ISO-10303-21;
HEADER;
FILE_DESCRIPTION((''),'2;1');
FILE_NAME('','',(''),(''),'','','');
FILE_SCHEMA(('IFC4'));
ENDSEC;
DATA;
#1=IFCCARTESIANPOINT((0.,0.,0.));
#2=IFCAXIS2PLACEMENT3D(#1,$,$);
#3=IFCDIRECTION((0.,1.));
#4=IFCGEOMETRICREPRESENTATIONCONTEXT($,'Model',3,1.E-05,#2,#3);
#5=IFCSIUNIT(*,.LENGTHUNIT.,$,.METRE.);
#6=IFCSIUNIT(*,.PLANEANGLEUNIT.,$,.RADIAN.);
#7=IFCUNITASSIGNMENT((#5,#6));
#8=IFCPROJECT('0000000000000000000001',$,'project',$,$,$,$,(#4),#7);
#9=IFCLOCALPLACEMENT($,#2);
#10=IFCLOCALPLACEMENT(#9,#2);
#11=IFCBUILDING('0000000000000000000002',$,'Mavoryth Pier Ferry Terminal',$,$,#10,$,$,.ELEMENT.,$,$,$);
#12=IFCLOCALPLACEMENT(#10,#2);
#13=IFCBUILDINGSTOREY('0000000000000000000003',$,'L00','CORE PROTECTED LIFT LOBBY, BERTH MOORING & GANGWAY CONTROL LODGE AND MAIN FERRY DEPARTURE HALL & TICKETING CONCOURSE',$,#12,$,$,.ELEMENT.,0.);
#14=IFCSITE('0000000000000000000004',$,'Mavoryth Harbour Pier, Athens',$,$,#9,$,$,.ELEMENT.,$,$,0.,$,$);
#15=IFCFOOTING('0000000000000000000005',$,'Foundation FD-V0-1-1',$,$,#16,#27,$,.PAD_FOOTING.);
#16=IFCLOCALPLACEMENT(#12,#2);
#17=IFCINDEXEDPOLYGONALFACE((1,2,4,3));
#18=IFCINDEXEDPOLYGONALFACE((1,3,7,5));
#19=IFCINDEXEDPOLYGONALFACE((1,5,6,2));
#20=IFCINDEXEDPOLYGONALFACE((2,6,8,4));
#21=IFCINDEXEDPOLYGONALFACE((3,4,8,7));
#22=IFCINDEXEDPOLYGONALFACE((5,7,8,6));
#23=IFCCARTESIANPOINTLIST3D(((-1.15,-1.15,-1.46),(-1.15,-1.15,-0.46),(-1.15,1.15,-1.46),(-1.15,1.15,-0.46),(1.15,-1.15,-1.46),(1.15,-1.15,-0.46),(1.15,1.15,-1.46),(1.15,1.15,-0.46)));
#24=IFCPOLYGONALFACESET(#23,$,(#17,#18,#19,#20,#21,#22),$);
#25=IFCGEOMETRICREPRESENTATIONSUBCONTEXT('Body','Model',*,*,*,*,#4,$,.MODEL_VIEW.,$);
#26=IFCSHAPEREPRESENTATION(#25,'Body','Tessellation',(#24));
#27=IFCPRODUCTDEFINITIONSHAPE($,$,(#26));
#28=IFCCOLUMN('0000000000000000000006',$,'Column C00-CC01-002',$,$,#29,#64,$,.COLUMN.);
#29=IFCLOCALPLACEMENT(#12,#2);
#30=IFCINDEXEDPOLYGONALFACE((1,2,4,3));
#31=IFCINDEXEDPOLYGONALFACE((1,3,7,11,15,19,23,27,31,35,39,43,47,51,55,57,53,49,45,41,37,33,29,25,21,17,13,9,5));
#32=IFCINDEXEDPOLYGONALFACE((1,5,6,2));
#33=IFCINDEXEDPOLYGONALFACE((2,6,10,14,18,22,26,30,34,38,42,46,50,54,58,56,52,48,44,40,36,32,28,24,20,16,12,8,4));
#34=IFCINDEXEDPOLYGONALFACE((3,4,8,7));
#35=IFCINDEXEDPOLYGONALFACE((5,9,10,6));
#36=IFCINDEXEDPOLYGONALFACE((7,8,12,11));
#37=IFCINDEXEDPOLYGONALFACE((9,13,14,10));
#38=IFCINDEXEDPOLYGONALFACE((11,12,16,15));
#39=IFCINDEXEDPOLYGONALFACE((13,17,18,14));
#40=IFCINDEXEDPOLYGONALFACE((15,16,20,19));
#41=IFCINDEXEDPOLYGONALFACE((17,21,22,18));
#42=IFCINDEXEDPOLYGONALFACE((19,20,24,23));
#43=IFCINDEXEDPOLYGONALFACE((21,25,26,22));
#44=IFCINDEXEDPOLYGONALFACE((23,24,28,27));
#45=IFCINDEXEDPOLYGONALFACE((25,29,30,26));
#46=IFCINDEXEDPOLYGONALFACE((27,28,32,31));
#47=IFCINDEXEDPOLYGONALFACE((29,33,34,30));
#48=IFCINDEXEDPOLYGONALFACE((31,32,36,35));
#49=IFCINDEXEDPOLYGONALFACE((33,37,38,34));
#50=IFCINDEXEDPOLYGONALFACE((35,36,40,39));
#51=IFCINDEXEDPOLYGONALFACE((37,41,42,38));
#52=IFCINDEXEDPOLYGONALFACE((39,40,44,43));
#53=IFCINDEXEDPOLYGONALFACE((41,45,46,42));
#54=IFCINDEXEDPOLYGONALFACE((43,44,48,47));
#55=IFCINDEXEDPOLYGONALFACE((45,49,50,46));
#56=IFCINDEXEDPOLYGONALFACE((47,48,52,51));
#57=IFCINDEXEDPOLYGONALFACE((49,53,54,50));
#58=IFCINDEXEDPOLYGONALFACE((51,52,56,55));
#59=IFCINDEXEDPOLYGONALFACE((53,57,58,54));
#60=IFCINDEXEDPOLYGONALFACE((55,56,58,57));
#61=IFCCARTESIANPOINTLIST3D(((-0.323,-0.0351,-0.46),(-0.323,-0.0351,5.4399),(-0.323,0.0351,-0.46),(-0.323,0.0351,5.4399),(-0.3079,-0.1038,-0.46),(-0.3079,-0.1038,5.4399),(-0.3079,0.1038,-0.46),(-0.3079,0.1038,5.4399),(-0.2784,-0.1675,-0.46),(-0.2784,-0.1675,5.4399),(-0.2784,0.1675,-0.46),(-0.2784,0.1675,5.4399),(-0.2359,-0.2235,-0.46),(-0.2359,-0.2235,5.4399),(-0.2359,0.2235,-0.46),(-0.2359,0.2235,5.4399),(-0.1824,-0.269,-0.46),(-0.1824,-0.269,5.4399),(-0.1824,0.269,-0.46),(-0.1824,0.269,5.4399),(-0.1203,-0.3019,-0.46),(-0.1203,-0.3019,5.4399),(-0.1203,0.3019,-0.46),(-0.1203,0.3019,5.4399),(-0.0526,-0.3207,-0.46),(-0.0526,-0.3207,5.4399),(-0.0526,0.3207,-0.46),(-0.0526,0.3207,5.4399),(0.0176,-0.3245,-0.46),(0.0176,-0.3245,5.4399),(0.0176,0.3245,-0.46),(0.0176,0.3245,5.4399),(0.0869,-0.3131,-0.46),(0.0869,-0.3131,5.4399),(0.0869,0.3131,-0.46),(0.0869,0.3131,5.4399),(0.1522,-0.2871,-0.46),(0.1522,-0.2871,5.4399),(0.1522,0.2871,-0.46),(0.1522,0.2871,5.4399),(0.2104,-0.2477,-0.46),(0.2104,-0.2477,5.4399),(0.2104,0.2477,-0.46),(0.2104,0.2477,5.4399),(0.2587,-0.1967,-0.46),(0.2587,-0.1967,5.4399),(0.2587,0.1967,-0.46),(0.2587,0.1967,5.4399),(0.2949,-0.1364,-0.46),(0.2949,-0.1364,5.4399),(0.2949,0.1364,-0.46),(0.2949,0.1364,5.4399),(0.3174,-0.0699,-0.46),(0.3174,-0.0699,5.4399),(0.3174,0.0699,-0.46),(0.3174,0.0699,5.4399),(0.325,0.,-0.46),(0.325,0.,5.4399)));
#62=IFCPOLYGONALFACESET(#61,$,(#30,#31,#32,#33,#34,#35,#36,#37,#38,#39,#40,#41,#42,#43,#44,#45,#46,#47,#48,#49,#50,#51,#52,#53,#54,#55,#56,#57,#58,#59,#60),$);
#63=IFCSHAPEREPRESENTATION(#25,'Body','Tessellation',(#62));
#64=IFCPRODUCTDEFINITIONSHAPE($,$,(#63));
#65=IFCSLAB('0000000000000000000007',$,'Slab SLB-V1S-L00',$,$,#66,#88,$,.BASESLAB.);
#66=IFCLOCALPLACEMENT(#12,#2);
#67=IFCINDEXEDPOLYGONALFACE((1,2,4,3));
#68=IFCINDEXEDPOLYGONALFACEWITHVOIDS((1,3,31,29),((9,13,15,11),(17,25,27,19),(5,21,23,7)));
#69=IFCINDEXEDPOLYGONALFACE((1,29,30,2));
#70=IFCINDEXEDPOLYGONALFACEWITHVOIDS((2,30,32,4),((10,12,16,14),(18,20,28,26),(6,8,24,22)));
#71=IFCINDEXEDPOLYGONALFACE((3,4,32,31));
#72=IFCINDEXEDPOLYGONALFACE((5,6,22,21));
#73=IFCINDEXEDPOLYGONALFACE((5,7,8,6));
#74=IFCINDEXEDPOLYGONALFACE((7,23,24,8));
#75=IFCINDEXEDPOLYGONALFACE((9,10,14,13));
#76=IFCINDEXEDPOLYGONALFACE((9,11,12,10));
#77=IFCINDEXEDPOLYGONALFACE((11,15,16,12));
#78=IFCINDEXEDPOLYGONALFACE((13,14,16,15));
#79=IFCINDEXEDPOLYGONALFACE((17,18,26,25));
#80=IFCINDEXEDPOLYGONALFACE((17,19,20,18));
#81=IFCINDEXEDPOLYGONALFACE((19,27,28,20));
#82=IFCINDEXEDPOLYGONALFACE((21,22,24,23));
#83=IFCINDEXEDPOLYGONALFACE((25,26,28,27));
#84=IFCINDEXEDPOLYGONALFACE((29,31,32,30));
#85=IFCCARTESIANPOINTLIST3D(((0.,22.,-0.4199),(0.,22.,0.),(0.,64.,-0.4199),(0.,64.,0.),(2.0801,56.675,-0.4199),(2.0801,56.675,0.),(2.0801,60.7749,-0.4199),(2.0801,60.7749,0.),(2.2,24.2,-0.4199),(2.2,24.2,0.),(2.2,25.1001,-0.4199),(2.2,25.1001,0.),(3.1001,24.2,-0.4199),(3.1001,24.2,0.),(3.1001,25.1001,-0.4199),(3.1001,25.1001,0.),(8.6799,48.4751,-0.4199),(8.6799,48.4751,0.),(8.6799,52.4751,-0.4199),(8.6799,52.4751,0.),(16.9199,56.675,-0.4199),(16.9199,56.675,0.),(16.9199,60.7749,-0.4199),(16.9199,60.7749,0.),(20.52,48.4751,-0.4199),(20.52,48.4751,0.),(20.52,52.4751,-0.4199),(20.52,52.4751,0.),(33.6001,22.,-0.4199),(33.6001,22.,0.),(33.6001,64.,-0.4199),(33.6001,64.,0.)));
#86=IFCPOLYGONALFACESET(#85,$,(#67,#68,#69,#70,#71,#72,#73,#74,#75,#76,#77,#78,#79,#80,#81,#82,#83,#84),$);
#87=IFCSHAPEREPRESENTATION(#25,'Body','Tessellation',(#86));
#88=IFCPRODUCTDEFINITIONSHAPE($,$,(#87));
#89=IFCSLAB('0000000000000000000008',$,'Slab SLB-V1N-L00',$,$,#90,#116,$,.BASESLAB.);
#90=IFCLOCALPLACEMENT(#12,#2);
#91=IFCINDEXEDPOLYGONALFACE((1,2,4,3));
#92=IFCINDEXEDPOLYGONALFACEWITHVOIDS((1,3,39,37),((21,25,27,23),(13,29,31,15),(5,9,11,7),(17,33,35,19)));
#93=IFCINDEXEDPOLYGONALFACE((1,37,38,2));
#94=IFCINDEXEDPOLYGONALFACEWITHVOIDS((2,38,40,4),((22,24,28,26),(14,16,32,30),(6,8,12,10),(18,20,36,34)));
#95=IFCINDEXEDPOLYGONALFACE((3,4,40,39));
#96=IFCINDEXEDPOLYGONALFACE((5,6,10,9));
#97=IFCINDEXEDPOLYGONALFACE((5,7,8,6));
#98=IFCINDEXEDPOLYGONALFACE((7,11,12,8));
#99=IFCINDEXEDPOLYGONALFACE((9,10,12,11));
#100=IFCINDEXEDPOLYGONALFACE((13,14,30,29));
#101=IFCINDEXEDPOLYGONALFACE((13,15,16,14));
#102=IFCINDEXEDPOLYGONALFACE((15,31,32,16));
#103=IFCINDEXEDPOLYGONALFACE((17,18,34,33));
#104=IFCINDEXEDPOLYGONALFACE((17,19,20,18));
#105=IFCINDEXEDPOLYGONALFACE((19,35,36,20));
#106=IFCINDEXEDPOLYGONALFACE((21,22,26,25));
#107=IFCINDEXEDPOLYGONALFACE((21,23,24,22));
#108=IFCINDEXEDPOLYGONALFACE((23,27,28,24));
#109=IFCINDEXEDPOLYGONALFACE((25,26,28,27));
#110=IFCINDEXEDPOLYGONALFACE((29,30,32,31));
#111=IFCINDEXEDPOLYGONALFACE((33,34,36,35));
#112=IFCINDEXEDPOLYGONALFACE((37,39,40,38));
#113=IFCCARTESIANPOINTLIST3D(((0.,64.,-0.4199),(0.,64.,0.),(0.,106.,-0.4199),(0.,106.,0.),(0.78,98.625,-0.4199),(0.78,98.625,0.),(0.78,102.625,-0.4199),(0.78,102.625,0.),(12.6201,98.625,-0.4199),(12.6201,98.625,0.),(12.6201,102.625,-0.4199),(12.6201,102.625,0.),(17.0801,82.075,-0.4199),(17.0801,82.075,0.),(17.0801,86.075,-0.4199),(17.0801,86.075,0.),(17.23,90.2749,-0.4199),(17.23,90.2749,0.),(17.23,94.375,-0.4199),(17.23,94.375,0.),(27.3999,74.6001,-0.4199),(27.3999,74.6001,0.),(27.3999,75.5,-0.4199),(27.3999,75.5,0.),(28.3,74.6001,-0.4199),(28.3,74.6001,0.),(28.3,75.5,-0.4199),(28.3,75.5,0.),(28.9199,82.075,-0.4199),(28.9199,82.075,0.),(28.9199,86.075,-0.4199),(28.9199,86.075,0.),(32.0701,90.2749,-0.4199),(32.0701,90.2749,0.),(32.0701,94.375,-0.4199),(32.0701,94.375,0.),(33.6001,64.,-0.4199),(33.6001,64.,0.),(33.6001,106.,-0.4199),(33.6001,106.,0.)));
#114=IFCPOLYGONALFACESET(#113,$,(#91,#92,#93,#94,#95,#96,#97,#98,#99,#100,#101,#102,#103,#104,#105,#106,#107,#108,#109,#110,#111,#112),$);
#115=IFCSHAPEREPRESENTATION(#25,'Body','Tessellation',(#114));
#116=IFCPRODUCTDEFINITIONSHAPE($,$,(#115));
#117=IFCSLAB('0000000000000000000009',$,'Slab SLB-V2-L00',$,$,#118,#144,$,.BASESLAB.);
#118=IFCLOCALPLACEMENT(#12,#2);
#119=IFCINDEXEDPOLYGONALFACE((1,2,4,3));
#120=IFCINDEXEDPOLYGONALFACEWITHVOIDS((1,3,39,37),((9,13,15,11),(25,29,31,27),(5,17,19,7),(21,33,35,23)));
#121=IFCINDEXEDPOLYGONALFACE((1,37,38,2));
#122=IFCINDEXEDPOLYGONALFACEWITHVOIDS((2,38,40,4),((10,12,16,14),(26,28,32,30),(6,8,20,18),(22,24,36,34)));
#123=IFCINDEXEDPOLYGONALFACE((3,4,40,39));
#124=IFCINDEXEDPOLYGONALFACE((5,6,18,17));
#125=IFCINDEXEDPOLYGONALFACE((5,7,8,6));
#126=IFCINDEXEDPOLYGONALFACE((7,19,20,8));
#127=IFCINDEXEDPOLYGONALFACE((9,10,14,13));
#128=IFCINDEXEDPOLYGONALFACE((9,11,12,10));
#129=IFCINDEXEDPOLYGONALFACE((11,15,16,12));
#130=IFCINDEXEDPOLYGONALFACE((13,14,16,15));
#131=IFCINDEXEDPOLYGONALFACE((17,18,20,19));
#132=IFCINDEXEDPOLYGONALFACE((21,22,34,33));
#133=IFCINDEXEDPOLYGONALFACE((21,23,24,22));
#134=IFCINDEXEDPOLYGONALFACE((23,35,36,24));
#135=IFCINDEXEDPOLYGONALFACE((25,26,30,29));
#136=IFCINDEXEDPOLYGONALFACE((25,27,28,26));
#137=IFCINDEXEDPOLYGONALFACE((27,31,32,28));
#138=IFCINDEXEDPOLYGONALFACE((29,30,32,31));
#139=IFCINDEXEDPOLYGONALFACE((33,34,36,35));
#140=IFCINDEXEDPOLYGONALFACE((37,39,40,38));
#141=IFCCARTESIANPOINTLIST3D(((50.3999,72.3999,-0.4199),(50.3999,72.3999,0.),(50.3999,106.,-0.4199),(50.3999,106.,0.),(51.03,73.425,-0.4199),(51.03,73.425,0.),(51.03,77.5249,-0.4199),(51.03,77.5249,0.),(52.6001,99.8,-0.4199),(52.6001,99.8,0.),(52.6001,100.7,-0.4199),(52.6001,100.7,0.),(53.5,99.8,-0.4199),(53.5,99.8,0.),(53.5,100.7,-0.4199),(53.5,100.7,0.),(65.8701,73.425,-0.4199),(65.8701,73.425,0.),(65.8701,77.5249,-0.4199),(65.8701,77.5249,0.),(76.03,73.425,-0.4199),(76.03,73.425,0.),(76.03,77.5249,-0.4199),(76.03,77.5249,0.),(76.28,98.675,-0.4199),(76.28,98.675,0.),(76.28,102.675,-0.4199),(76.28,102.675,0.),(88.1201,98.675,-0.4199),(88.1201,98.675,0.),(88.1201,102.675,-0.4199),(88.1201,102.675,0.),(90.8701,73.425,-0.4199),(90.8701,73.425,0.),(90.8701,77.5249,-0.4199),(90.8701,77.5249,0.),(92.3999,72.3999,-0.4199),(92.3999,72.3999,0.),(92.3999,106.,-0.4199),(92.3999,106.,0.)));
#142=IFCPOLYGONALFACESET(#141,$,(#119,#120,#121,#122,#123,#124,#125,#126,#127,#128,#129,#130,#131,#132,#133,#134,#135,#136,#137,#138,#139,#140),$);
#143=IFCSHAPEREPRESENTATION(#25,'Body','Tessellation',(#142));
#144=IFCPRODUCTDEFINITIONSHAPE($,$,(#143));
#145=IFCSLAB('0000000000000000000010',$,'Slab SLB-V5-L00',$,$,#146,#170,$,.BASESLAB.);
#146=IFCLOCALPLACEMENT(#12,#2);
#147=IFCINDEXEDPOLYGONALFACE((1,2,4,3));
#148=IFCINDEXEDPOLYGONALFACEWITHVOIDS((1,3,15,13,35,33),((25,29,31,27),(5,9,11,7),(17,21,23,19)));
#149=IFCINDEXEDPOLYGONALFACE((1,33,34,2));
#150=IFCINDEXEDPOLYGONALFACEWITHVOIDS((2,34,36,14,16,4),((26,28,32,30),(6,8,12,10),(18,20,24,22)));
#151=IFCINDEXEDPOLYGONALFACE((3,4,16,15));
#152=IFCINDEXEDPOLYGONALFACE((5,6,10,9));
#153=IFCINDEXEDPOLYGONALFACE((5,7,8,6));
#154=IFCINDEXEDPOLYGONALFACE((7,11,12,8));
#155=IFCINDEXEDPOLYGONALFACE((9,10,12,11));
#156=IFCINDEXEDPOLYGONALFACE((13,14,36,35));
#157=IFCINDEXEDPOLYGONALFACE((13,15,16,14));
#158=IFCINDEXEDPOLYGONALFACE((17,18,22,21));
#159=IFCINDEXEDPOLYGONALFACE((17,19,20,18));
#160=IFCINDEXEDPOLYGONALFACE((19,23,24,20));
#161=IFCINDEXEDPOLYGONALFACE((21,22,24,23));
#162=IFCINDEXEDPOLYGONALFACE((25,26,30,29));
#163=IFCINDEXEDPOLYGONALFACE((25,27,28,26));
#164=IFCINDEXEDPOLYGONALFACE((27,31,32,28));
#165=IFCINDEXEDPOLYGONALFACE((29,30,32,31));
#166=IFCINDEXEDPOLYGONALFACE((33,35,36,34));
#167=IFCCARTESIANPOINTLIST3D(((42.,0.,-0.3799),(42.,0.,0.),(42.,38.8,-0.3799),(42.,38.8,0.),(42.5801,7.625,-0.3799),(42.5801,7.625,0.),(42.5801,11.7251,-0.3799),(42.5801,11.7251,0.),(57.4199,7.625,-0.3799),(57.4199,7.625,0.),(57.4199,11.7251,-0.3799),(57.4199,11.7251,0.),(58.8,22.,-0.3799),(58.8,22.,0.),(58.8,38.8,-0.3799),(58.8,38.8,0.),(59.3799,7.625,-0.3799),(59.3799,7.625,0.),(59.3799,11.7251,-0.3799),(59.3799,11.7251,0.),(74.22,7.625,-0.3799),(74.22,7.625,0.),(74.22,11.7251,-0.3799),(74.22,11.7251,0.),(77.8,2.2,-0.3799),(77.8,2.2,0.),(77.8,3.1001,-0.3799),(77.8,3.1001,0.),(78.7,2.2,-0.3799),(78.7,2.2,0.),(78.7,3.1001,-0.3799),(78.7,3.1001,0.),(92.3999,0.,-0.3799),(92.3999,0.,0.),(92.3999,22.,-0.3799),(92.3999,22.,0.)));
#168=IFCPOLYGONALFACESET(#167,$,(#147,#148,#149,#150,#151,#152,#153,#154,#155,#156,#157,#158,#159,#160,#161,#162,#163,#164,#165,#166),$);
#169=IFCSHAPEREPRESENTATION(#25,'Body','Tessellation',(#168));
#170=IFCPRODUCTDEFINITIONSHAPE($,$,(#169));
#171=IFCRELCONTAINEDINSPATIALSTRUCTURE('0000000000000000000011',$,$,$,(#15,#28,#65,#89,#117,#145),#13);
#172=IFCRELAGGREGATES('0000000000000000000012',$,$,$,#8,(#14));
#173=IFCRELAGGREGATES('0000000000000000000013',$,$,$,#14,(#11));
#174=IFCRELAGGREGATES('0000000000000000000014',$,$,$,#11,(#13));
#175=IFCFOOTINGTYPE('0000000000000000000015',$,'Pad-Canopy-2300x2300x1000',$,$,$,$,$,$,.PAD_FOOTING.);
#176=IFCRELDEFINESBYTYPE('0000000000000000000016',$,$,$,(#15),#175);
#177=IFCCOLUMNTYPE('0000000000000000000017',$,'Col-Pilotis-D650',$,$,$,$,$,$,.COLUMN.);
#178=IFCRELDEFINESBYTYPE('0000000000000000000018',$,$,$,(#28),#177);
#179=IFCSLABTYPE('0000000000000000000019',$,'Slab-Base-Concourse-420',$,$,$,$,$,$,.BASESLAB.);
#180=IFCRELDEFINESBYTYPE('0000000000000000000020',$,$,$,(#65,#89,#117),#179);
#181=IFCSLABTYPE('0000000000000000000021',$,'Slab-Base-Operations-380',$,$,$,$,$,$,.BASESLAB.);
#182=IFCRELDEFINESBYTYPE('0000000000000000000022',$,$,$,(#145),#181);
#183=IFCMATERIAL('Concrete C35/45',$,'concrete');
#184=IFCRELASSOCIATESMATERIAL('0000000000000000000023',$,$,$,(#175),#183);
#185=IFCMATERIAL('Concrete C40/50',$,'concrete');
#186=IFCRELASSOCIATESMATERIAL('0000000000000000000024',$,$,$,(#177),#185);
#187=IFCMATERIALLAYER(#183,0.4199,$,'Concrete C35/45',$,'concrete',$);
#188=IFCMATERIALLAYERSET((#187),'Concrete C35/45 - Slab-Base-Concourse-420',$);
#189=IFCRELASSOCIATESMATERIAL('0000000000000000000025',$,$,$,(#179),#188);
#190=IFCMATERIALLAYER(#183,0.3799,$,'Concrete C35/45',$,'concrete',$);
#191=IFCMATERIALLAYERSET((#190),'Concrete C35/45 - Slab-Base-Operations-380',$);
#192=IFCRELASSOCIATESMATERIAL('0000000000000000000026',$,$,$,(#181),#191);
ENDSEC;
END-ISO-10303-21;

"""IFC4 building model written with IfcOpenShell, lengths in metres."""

from ifc_helpers import new_model, si_unit, direction, frame, origin, origin_2d, place, context, subcontext, project, spatial, polyline, rectangle, circle, outline, extrude, material, layer, layer_set, material_profile, profile_set, type_object, element, save


model = new_model("IFC4")

# Units and contexts
model_context = context("Model", 3, precision=1e-05, world=origin(), true_north=direction((0.0, 1.0)))
body_context = subcontext(model_context, "Body", "Model", "MODEL_VIEW")
ifc_project = project(units=[si_unit("LENGTHUNIT", "METRE"), si_unit("PLANEANGLEUNIT", "RADIAN")], contexts=[model_context])

# Site, building, storey
site_placement = place(None, origin())
site = spatial("IfcSite", under=ifc_project, at=site_placement, Name="Mavoryth Harbour Pier, Athens", CompositionType="ELEMENT", RefElevation=0.0)
building_placement = place(site_placement, origin())
building = spatial("IfcBuilding", under=site, at=building_placement, Name="Mavoryth Pier Ferry Terminal", CompositionType="ELEMENT")
storey_placement = place(building_placement, origin())
storey = spatial("IfcBuildingStorey", under=building, at=storey_placement, Name="L00", Description="CORE PROTECTED LIFT LOBBY, BERTH MOORING & GANGWAY CONTROL LODGE AND MAIN FERRY DEPARTURE HALL & TICKETING CONCOURSE", CompositionType="ELEMENT", Elevation=0.0)

# Footing
ifc_material_1 = material(Name="Concrete C35/45", Category="concrete")
footing_type = type_object("IfcFootingType", Name="Pad-Canopy-2300x2300x1000", PredefinedType="PAD_FOOTING", material=ifc_material_1)
footing_placement = place(storey_placement, frame((0.0, 0.0, -1.46), z_axis=(0.0, 0.0, 1.0), x_axis=(1.0, 0.0, 0.0)))
element("IfcFooting", 1, at=footing_placement, inside=storey, type_object=footing_type, Name="Foundation FD-V0-1-1", PredefinedType="PAD_FOOTING", context=body_context, shape_type="SweptSolid", body=[
    extrude(rectangle(XDim=2.3, YDim=2.3, at=origin_2d()), origin(), (0.0, 0.0, 1.0), 1.0),
])

# Column
ifc_material_2 = material(Name="Concrete C40/50", Category="concrete")
ifc_material_profile = material_profile(ifc_material_2, circle(Radius=0.325, at=origin_2d()), Name="RC D650", Category="concrete")
ifc_profile_set = profile_set([ifc_material_profile], Name="Concrete C40/50 - RC D650")
column_type = type_object("IfcColumnType", Name="Col-Pilotis-D650", PredefinedType="COLUMN", material=ifc_profile_set)
column_placement = place(storey_placement, frame((0.0, 0.0, -0.46), z_axis=(0.0, 0.0, 1.0), x_axis=(1.0, 0.0, 0.0)))
element("IfcColumn", 2, at=column_placement, inside=storey, type_object=column_type, Name="Column C00-CC01-002", PredefinedType="COLUMN", context=body_context, shape_type="SweptSolid", body=[
    extrude(circle(Radius=0.325, at=origin_2d()), origin(), (0.0, 0.0, 1.0), 5.8999),
])

# Slabs
ifc_layer_1 = layer(ifc_material_1, 0.4199, Name="Concrete C35/45", Category="concrete")
ifc_layer_set_1 = layer_set([ifc_layer_1], Name="Concrete C35/45 - Slab-Base-Concourse-420")
slab_type_1 = type_object("IfcSlabType", Name="Slab-Base-Concourse-420", PredefinedType="BASESLAB", material=ifc_layer_set_1)
slab_1_placement = place(storey_placement, frame((0.0, 0.0, -0.4199)))
element("IfcSlab", 3, at=slab_1_placement, inside=storey, type_object=slab_type_1, Name="Slab SLB-V1S-L00", PredefinedType="BASESLAB", context=body_context, shape_type="SweptSolid", body=[
    extrude(outline(polyline([(0.0, 22.0), (33.6001, 22.0), (33.6001, 64.0), (0.0, 64.0), (0.0, 22.0)]), holes=[polyline([(2.2, 24.2), (3.1001, 24.2), (3.1001, 25.1001), (2.2, 25.1001), (2.2, 24.2)]), polyline([(2.0801, 56.675), (16.9199, 56.675), (16.9199, 60.7749), (2.0801, 60.7749), (2.0801, 56.675)]), polyline([(8.6799, 48.4751), (20.52, 48.4751), (20.52, 52.4751), (8.6799, 52.4751), (8.6799, 48.4751)])]), origin(), (0.0, 0.0, 1.0), 0.4199),
])
slab_2_placement = place(storey_placement, frame((0.0, 0.0, -0.4199)))
element("IfcSlab", 4, at=slab_2_placement, inside=storey, type_object=slab_type_1, Name="Slab SLB-V1N-L00", PredefinedType="BASESLAB", context=body_context, shape_type="SweptSolid", body=[
    extrude(outline(polyline([(0.0, 64.0), (33.6001, 64.0), (33.6001, 106.0), (0.0, 106.0), (0.0, 64.0)]), holes=[polyline([(27.3999, 74.6001), (28.3, 74.6001), (28.3, 75.5), (27.3999, 75.5), (27.3999, 74.6001)]), polyline([(17.23, 90.2749), (32.0701, 90.2749), (32.0701, 94.375), (17.23, 94.375), (17.23, 90.2749)]), polyline([(0.78, 98.625), (12.6201, 98.625), (12.6201, 102.625), (0.78, 102.625), (0.78, 98.625)]), polyline([(17.0801, 82.075), (28.9199, 82.075), (28.9199, 86.075), (17.0801, 86.075), (17.0801, 82.075)])]), origin(), (0.0, 0.0, 1.0), 0.4199),
])
slab_3_placement = place(storey_placement, frame((0.0, 0.0, -0.4199)))
element("IfcSlab", 5, at=slab_3_placement, inside=storey, type_object=slab_type_1, Name="Slab SLB-V2-L00", PredefinedType="BASESLAB", context=body_context, shape_type="SweptSolid", body=[
    extrude(outline(polyline([(50.3999, 72.3999), (92.3999, 72.3999), (92.3999, 106.0), (50.3999, 106.0), (50.3999, 72.3999)]), holes=[polyline([(52.6001, 99.8), (53.5, 99.8), (53.5, 100.7), (52.6001, 100.7), (52.6001, 99.8)]), polyline([(51.03, 73.425), (65.8701, 73.425), (65.8701, 77.5249), (51.03, 77.5249), (51.03, 73.425)]), polyline([(76.03, 73.425), (90.8701, 73.425), (90.8701, 77.5249), (76.03, 77.5249), (76.03, 73.425)]), polyline([(76.28, 98.675), (88.1201, 98.675), (88.1201, 102.675), (76.28, 102.675), (76.28, 98.675)])]), origin(), (0.0, 0.0, 1.0), 0.4199),
])
ifc_layer_2 = layer(ifc_material_1, 0.3799, Name="Concrete C35/45", Category="concrete")
ifc_layer_set_2 = layer_set([ifc_layer_2], Name="Concrete C35/45 - Slab-Base-Operations-380")
slab_type_2 = type_object("IfcSlabType", Name="Slab-Base-Operations-380", PredefinedType="BASESLAB", material=ifc_layer_set_2)
slab_4_placement = place(storey_placement, frame((0.0, 0.0, -0.3799)))
element("IfcSlab", 6, at=slab_4_placement, inside=storey, type_object=slab_type_2, Name="Slab SLB-V5-L00", PredefinedType="BASESLAB", context=body_context, shape_type="SweptSolid", body=[
    extrude(outline(polyline([(42.0, 0.0), (92.3999, 0.0), (92.3999, 22.0), (58.8, 22.0), (58.8, 38.8), (42.0, 38.8), (42.0, 0.0)]), holes=[polyline([(77.8, 2.2), (78.7, 2.2), (78.7, 3.1001), (77.8, 3.1001), (77.8, 2.2)]), polyline([(42.5801, 7.625), (57.4199, 7.625), (57.4199, 11.7251), (42.5801, 11.7251), (42.5801, 7.625)]), polyline([(59.3799, 7.625), (74.22, 7.625), (74.22, 11.7251), (59.3799, 11.7251), (59.3799, 7.625)])]), origin(), (0.0, 0.0, 1.0), 0.3799),
])

save(model, "model.ifc")
